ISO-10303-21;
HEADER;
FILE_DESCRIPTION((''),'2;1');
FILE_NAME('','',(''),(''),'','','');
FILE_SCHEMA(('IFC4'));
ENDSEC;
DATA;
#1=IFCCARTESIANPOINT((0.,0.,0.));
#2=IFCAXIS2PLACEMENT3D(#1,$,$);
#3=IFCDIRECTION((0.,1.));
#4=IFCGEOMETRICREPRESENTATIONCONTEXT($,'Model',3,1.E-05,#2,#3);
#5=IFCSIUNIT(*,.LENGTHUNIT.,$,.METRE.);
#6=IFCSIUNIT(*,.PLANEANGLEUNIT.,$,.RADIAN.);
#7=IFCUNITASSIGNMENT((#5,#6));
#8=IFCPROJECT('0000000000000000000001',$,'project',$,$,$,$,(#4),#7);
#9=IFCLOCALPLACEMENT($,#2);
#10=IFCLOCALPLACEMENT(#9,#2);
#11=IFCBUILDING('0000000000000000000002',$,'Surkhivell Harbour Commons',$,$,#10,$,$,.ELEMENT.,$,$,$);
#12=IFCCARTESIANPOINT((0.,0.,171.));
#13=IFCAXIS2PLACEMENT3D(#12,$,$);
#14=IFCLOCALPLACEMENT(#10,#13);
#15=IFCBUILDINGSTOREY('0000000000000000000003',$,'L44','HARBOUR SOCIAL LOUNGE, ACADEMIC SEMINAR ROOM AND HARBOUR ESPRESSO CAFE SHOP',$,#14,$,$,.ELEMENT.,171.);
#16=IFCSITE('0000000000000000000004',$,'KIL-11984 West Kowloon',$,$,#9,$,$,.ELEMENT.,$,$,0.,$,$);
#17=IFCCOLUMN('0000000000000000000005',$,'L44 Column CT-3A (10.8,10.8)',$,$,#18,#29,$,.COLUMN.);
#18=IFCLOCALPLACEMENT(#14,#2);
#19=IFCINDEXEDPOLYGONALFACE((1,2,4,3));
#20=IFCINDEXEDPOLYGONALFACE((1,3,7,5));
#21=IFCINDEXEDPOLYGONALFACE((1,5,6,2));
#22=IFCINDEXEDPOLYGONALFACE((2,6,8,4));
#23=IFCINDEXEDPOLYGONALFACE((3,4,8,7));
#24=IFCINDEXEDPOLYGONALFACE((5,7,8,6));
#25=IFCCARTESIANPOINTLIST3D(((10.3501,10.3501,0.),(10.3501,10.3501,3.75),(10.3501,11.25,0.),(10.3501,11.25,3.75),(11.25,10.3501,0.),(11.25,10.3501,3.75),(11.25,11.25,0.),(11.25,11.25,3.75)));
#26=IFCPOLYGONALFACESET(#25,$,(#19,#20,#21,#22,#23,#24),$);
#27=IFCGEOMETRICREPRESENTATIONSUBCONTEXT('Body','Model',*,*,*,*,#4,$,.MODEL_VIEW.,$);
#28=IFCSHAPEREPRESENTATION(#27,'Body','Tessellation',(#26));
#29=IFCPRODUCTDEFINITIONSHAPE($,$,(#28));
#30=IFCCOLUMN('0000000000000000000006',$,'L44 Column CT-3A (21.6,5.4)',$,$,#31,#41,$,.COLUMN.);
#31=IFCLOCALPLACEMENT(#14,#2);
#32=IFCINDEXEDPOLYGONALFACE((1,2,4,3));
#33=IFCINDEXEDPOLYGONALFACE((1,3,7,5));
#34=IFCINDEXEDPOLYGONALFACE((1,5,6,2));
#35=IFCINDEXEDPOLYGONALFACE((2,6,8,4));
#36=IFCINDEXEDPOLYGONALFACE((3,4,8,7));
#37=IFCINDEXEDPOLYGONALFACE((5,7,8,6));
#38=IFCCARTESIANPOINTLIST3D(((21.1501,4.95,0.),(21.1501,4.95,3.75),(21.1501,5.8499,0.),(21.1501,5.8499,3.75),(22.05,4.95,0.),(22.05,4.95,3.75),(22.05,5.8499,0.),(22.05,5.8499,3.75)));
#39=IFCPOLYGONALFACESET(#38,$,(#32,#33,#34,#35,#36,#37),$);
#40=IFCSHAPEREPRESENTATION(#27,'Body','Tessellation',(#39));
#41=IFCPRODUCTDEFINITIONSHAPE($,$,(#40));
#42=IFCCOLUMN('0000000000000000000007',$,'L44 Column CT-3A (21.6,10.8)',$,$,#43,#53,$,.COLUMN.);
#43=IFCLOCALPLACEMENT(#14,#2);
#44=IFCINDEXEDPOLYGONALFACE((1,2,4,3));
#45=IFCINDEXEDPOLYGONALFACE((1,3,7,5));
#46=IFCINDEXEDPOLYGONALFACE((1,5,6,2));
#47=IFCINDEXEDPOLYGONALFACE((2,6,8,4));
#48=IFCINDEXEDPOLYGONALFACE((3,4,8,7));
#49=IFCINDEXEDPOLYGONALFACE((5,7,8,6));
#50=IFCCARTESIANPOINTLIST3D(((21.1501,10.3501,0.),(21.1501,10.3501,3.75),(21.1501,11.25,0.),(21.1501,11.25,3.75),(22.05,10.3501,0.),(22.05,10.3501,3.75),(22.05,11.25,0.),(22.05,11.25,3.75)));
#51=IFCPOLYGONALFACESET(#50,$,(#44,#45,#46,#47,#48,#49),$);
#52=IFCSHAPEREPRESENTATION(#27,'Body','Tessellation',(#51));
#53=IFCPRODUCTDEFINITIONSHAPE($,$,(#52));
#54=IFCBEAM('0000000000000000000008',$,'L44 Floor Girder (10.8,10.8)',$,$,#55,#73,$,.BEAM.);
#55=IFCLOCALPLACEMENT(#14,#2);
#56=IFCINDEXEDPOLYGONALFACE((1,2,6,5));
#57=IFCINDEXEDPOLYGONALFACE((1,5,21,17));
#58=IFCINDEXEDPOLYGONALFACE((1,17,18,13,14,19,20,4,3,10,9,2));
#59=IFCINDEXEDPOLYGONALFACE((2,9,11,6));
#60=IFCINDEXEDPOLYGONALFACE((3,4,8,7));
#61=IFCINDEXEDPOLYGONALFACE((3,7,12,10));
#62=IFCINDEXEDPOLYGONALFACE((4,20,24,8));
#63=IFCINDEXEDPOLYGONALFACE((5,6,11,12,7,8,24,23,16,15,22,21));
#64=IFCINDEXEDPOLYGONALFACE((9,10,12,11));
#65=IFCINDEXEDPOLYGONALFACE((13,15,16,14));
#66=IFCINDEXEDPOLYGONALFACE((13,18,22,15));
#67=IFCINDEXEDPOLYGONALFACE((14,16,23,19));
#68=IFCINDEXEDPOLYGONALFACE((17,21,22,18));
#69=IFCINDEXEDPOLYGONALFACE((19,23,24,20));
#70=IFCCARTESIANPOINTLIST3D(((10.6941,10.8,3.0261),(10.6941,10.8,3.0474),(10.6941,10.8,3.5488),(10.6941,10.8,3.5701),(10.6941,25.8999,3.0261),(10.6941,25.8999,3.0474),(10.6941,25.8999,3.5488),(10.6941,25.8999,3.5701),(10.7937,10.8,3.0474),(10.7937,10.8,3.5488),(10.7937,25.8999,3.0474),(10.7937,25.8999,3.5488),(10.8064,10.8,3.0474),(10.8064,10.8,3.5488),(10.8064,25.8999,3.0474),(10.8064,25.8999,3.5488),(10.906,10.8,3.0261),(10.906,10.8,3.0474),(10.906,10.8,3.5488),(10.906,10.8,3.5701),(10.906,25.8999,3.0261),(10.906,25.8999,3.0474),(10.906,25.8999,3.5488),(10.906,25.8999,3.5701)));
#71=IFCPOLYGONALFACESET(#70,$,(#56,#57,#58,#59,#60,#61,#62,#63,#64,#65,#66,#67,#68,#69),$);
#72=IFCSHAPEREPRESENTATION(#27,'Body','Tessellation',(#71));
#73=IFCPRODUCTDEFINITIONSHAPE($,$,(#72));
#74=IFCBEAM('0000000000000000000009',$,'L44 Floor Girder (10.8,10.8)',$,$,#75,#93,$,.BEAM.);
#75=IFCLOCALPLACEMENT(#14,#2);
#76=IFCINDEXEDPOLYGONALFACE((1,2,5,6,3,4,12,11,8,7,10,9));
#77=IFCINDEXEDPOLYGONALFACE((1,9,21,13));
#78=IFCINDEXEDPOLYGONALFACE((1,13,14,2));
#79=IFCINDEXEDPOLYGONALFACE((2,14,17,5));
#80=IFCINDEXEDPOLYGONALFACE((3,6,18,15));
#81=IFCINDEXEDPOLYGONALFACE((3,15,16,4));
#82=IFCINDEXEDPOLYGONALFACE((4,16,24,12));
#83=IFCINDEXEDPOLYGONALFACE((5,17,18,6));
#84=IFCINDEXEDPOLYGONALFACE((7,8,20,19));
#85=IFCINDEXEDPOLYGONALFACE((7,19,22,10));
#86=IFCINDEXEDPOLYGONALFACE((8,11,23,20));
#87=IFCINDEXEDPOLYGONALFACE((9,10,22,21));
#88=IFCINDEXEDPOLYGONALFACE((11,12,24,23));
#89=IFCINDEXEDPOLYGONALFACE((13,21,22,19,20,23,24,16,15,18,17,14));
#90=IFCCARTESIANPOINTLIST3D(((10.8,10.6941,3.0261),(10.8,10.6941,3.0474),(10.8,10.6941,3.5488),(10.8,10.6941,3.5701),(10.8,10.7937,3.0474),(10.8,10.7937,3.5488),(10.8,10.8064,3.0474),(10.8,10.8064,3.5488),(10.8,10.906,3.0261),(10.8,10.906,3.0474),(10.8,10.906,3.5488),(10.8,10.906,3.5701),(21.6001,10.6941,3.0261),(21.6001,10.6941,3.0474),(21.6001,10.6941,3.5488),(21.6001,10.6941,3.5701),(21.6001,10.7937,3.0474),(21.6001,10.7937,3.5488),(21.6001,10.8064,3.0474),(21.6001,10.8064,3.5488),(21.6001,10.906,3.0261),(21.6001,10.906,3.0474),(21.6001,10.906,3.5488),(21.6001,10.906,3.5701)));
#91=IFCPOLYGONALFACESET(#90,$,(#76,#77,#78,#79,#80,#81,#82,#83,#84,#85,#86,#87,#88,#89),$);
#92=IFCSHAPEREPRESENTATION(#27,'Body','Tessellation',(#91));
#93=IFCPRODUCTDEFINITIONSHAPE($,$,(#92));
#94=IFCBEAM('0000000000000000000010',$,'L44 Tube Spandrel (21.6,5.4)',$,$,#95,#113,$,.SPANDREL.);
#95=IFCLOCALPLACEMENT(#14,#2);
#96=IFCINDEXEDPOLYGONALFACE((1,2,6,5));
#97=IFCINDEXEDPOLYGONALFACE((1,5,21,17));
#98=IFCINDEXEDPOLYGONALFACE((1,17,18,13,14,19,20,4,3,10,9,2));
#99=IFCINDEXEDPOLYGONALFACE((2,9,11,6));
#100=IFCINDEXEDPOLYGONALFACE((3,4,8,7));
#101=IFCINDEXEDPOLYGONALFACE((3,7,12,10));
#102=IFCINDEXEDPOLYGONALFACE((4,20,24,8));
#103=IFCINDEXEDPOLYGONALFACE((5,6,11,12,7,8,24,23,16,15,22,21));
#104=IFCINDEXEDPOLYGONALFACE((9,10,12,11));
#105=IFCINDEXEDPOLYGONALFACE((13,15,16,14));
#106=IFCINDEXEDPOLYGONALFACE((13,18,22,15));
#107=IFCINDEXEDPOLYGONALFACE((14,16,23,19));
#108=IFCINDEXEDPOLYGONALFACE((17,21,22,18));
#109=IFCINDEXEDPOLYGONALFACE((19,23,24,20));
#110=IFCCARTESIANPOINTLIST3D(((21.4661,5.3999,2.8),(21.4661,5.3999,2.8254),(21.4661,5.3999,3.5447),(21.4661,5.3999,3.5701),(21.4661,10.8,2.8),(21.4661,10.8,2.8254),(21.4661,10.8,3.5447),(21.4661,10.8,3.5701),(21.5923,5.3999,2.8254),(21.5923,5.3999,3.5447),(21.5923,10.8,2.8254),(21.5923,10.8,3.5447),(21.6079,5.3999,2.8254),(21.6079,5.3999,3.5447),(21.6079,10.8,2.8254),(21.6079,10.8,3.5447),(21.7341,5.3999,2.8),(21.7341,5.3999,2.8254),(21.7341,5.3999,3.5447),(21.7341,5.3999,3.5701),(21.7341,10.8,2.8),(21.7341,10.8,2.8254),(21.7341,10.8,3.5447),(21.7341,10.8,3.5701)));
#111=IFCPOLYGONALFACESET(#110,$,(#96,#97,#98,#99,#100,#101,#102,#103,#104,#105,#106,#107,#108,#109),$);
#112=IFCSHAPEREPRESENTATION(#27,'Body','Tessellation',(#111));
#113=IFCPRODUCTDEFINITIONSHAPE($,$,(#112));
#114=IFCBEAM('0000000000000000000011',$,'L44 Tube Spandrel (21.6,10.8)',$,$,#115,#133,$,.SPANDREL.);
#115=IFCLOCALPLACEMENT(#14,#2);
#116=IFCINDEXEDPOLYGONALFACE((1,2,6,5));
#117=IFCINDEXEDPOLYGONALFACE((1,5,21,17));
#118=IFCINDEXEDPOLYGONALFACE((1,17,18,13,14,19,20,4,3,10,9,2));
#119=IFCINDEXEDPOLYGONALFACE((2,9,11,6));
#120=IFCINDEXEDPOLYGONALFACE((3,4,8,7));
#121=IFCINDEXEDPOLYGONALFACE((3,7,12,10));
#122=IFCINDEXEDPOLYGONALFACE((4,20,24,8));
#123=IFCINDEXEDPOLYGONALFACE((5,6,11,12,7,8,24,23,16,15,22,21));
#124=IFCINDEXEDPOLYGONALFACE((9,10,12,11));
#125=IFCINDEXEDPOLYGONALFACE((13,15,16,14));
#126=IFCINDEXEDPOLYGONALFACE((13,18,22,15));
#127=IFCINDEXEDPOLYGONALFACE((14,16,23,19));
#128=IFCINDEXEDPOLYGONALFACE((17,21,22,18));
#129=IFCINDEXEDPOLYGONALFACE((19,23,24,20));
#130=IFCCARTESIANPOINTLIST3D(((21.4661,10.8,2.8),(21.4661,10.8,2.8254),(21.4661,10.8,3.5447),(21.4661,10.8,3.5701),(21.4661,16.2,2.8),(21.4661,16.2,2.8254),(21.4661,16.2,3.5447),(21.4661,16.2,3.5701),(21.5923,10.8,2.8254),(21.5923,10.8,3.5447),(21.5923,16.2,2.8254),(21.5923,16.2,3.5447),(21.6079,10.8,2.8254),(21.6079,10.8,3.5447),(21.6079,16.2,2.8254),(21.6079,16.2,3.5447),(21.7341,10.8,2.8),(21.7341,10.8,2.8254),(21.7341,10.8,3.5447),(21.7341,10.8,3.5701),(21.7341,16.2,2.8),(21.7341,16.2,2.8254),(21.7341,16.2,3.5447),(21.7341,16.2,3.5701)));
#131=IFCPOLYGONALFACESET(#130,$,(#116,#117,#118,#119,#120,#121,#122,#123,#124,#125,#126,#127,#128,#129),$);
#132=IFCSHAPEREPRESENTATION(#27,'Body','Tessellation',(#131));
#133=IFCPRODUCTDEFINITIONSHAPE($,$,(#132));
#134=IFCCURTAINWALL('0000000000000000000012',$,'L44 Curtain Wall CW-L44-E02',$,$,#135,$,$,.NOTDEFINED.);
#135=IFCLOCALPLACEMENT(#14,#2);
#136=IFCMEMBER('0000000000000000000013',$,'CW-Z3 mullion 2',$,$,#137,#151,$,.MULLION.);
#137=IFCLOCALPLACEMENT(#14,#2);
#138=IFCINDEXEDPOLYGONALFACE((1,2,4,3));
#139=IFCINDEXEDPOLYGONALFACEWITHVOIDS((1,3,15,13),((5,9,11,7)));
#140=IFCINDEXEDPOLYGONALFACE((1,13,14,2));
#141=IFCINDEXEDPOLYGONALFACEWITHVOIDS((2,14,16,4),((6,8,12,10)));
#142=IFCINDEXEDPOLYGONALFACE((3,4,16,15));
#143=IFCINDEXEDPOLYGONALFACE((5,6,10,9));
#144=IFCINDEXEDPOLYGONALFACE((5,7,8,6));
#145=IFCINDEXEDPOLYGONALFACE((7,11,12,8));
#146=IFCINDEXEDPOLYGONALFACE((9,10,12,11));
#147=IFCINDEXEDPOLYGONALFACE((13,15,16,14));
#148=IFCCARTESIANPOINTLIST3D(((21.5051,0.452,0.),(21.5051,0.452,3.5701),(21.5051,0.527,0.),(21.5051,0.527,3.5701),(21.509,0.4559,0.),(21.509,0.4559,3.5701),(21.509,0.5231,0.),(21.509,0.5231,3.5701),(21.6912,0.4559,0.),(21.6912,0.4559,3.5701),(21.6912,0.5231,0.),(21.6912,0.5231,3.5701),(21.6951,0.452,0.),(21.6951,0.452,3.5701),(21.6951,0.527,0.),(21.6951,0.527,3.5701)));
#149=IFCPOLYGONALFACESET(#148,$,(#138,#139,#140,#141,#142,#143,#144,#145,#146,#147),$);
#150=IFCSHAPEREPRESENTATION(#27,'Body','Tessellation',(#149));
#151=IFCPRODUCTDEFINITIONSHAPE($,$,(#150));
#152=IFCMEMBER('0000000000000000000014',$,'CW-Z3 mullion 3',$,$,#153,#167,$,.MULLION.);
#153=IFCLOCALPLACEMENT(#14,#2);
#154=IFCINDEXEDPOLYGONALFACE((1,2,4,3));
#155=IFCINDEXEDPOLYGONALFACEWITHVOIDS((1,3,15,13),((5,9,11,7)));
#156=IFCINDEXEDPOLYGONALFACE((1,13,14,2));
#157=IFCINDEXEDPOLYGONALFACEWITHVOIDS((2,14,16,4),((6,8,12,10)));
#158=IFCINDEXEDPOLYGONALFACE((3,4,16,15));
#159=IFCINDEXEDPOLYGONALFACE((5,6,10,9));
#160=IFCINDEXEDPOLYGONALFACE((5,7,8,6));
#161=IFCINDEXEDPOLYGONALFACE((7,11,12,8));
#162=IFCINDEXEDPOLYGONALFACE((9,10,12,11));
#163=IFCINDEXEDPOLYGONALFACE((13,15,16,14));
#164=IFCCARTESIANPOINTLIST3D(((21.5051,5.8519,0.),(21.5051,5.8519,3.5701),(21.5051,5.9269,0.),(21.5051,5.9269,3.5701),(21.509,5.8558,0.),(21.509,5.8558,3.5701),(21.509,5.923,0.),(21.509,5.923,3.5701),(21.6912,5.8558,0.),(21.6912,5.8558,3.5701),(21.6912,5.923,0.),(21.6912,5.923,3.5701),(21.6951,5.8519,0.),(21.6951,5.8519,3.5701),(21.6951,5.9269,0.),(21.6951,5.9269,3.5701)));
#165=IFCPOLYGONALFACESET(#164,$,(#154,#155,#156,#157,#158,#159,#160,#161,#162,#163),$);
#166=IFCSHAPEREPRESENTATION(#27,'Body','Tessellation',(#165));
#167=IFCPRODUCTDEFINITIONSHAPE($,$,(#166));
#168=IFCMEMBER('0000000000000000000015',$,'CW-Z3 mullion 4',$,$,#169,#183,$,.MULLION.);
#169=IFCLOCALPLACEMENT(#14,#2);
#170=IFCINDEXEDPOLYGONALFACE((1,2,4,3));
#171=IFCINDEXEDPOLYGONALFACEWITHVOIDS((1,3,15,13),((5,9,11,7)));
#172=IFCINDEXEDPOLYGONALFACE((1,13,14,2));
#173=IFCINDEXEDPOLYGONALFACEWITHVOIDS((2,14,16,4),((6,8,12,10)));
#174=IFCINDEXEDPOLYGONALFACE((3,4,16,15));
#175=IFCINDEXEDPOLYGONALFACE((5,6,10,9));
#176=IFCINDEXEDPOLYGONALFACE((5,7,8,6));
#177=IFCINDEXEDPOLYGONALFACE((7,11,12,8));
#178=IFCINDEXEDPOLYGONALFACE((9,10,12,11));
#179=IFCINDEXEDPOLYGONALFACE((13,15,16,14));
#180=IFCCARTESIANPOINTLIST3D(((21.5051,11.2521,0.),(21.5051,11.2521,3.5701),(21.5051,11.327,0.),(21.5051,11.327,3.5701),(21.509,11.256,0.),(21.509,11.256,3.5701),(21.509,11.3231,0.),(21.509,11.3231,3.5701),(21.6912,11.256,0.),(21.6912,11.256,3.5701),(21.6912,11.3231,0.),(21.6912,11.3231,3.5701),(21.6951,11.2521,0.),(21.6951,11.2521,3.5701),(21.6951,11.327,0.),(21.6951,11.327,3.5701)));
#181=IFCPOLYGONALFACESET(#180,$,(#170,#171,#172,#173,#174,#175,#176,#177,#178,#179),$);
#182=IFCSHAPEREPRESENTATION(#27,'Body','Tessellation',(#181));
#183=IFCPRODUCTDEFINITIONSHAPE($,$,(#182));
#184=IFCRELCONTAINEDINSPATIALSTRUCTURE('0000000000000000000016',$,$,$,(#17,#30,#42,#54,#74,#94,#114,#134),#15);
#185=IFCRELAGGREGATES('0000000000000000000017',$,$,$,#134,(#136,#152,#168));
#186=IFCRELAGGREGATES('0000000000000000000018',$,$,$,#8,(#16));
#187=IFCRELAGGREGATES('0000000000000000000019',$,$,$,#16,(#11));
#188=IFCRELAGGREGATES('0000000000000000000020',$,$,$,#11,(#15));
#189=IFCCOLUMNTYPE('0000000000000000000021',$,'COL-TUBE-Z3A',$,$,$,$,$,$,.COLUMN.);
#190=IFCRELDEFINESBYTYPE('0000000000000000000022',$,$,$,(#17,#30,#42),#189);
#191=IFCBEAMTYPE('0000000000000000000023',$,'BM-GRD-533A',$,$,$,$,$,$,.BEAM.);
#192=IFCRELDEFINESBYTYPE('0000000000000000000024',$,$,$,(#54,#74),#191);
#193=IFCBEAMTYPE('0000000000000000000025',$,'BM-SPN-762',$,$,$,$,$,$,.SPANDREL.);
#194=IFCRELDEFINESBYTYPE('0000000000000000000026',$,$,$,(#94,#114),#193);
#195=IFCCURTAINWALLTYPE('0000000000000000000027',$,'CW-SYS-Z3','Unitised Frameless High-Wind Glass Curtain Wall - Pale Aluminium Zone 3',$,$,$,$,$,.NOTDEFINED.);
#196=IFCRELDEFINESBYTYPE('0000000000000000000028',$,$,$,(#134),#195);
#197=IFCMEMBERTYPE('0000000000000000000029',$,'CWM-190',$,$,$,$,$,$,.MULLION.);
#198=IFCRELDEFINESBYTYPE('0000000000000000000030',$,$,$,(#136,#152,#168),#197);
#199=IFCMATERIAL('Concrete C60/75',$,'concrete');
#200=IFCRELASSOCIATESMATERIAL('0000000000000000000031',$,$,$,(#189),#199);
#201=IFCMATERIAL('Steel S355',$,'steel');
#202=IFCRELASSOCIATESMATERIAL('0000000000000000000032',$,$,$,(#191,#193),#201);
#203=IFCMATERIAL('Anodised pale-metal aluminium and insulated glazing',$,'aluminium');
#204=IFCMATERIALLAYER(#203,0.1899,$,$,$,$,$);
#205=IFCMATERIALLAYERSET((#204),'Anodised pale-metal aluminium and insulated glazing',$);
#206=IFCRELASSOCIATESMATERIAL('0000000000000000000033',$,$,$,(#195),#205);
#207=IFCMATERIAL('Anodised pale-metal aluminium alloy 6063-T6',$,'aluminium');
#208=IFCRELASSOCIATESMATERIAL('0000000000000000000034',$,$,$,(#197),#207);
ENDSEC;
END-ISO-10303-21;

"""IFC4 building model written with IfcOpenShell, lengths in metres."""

from ifc_helpers import new_model, si_unit, direction, frame, origin, origin_2d, place, context, subcontext, project, spatial, rectangle, hollow_rectangle, i_section, extrude, material, layer, layer_set, material_profile, profile_set, type_object, element, aggregate, save


model = new_model("IFC4")

# Units and contexts
model_context = context("Model", 3, precision=1e-05, world=origin(), true_north=direction((0.0, 1.0)))
body_context = subcontext(model_context, "Body", "Model", "MODEL_VIEW")
ifc_project = project(units=[si_unit("LENGTHUNIT", "METRE"), si_unit("PLANEANGLEUNIT", "RADIAN")], contexts=[model_context])

# Site, building, storey
site_placement = place(None, origin())
site = spatial("IfcSite", under=ifc_project, at=site_placement, Name="KIL-11984 West Kowloon", CompositionType="ELEMENT", RefElevation=0.0)
building_placement = place(site_placement, origin())
building = spatial("IfcBuilding", under=site, at=building_placement, Name="Surkhivell Harbour Commons", CompositionType="ELEMENT")
storey_placement = place(building_placement, frame((0.0, 0.0, 171.0)))
storey = spatial("IfcBuildingStorey", under=building, at=storey_placement, Name="L44", Description="HARBOUR SOCIAL LOUNGE, ACADEMIC SEMINAR ROOM AND HARBOUR ESPRESSO CAFE SHOP", CompositionType="ELEMENT", Elevation=171.0)

# Columns
ifc_material_1 = material(Name="Concrete C60/75", Category="concrete")
ifc_material_profile_1 = material_profile(ifc_material_1, rectangle(XDim=0.8999, YDim=0.8999, at=origin_2d()), Name="RC-COL-900x900")
ifc_profile_set_1 = profile_set([ifc_material_profile_1], Name="Concrete C60/75")
column_type = type_object("IfcColumnType", Name="COL-TUBE-Z3A", PredefinedType="COLUMN", material=ifc_profile_set_1)
for number, where, z_axis, x_axis, name in (
    (1, (10.8, 10.8, 0.0), (0.0, 0.0, 1.0), (1.0, 0.0, 0.0), "L44 Column CT-3A (10.8,10.8)"),
    (2, (21.6001, 5.3999, 0.0), (0.0, 0.0, 1.0), (1.0, 0.0, 0.0), "L44 Column CT-3A (21.6,5.4)"),
    (3, (21.6001, 10.8, 0.0), (0.0, 0.0, 1.0), (1.0, 0.0, 0.0), "L44 Column CT-3A (21.6,10.8)"),
):
    element("IfcColumn", number, at=place(storey_placement, frame(where, z_axis=z_axis, x_axis=x_axis)), inside=storey, type_object=column_type, Name=name, PredefinedType="COLUMN", context=body_context, shape_type="SweptSolid", body=[
        extrude(rectangle(XDim=0.8999, YDim=0.8999, at=origin_2d()), origin(), (0.0, 0.0, 1.0), 3.75),
    ])

# Beams
ifc_material_2 = material(Name="Steel S355", Category="steel")
ifc_material_profile_2 = material_profile(ifc_material_2, i_section(OverallWidth=0.2119, OverallDepth=0.5439, WebThickness=0.0127, FlangeThickness=0.0212, at=origin_2d()), Name="UB533x210x122")
ifc_profile_set_2 = profile_set([ifc_material_profile_2], Name="Steel S355")
beam_type_1 = type_object("IfcBeamType", Name="BM-GRD-533A", PredefinedType="BEAM", material=ifc_profile_set_2)
beam_1_placement = place(storey_placement, frame((10.8, 10.8, 3.2981), z_axis=(0.0, 1.0, 0.0), x_axis=(-1.0, 0.0, 0.0)))
element("IfcBeam", 4, at=beam_1_placement, inside=storey, type_object=beam_type_1, Name="L44 Floor Girder (10.8,10.8)", PredefinedType="BEAM", context=body_context, shape_type="SweptSolid", body=[
    extrude(i_section(OverallWidth=0.2119, OverallDepth=0.5439, WebThickness=0.0127, FlangeThickness=0.0212, at=origin_2d()), origin(), (0.0, 0.0, 1.0), 15.0999),
])
beam_2_placement = place(storey_placement, frame((10.8, 10.8, 3.2981), z_axis=(1.0, 0.0, 0.0), x_axis=(0.0, 1.0, 0.0)))
element("IfcBeam", 5, at=beam_2_placement, inside=storey, type_object=beam_type_1, Name="L44 Floor Girder (10.8,10.8)", PredefinedType="BEAM", context=body_context, shape_type="SweptSolid", body=[
    extrude(i_section(OverallWidth=0.2119, OverallDepth=0.5439, WebThickness=0.0127, FlangeThickness=0.0212, at=origin_2d()), origin(), (0.0, 0.0, 1.0), 10.8),
])
ifc_material_profile_3 = material_profile(ifc_material_2, i_section(OverallWidth=0.2681, OverallDepth=0.77, WebThickness=0.0156, FlangeThickness=0.0254, at=origin_2d()), Name="UB762x267x197")
ifc_profile_set_3 = profile_set([ifc_material_profile_3], Name="Steel S355")
beam_type_2 = type_object("IfcBeamType", Name="BM-SPN-762", PredefinedType="SPANDREL", material=ifc_profile_set_3)
beam_3_placement = place(storey_placement, frame((21.6001, 5.3999, 3.1851), z_axis=(0.0, 1.0, 0.0), x_axis=(-1.0, 0.0, 0.0)))
element("IfcBeam", 6, at=beam_3_placement, inside=storey, type_object=beam_type_2, Name="L44 Tube Spandrel (21.6,5.4)", PredefinedType="SPANDREL", context=body_context, shape_type="SweptSolid", body=[
    extrude(i_section(OverallWidth=0.2681, OverallDepth=0.77, WebThickness=0.0156, FlangeThickness=0.0254, at=origin_2d()), origin(), (0.0, 0.0, 1.0), 5.4001),
])
beam_4_placement = place(storey_placement, frame((21.6001, 10.8, 3.1851), z_axis=(0.0, 1.0, 0.0), x_axis=(-1.0, 0.0, 0.0)))
element("IfcBeam", 7, at=beam_4_placement, inside=storey, type_object=beam_type_2, Name="L44 Tube Spandrel (21.6,10.8)", PredefinedType="SPANDREL", context=body_context, shape_type="SweptSolid", body=[
    extrude(i_section(OverallWidth=0.2681, OverallDepth=0.77, WebThickness=0.0156, FlangeThickness=0.0254, at=origin_2d()), origin(), (0.0, 0.0, 1.0), 5.3999),
])

# Curtain wall, members
ifc_material_3 = material(Name="Anodised pale-metal aluminium and insulated glazing", Category="aluminium")
ifc_layer_1 = layer(ifc_material_3, 0.1899)
ifc_layer_set_1 = layer_set([ifc_layer_1], Name="Anodised pale-metal aluminium and insulated glazing")
curtain_wall_type = type_object("IfcCurtainWallType", Name="CW-SYS-Z3", Description="Unitised Frameless High-Wind Glass Curtain Wall - Pale Aluminium Zone 3", PredefinedType="NOTDEFINED", material=ifc_layer_set_1)
curtain_wall_placement = place(storey_placement, origin())
curtain_wall = element("IfcCurtainWall", 8, at=curtain_wall_placement, inside=storey, type_object=curtain_wall_type, Name="L44 Curtain Wall CW-L44-E02", PredefinedType="NOTDEFINED")
ifc_material_4 = material(Name="Anodised pale-metal aluminium alloy 6063-T6", Category="aluminium")
ifc_material_profile_4 = material_profile(ifc_material_4, hollow_rectangle(XDim=0.075, YDim=0.1899, WallThickness=0.0039, at=origin_2d()), Name="ALU-MULL-75x190")
ifc_profile_set_4 = profile_set([ifc_material_profile_4], Name="Anodised pale-metal aluminium alloy 6063-T6")
member_type_1 = type_object("IfcMemberType", Name="CWM-190", PredefinedType="MULLION", material=ifc_profile_set_4)
member_1_placement = place(storey_placement, frame((21.6001, 0.4895, 0.0), z_axis=(0.0, 0.0, 1.0), x_axis=(0.0, 1.0, 0.0)))
member_1 = element("IfcMember", 9, at=member_1_placement, type_object=member_type_1, Name="CW-Z3 mullion 2", PredefinedType="MULLION", context=body_context, shape_type="SweptSolid", body=[
    extrude(hollow_rectangle(XDim=0.075, YDim=0.1899, WallThickness=0.0039, at=origin_2d()), origin(), (0.0, 0.0, 1.0), 3.5701),
])
member_2_placement = place(storey_placement, frame((21.6001, 5.8894, 0.0), z_axis=(0.0, 0.0, 1.0), x_axis=(0.0, 1.0, 0.0)))
member_2 = element("IfcMember", 10, at=member_2_placement, type_object=member_type_1, Name="CW-Z3 mullion 3", PredefinedType="MULLION", context=body_context, shape_type="SweptSolid", body=[
    extrude(hollow_rectangle(XDim=0.075, YDim=0.1899, WallThickness=0.0039, at=origin_2d()), origin(), (0.0, 0.0, 1.0), 3.5701),
])
member_3_placement = place(storey_placement, frame((21.6001, 11.2896, 0.0), z_axis=(0.0, 0.0, 1.0), x_axis=(0.0, 1.0, 0.0)))
member_3 = element("IfcMember", 11, at=member_3_placement, type_object=member_type_1, Name="CW-Z3 mullion 4", PredefinedType="MULLION", context=body_context, shape_type="SweptSolid", body=[
    extrude(hollow_rectangle(XDim=0.075, YDim=0.1899, WallThickness=0.0039, at=origin_2d()), origin(), (0.0, 0.0, 1.0), 3.5701),
])
aggregate(curtain_wall, [member_1, member_2, member_3])

save(model, "model.ifc")
